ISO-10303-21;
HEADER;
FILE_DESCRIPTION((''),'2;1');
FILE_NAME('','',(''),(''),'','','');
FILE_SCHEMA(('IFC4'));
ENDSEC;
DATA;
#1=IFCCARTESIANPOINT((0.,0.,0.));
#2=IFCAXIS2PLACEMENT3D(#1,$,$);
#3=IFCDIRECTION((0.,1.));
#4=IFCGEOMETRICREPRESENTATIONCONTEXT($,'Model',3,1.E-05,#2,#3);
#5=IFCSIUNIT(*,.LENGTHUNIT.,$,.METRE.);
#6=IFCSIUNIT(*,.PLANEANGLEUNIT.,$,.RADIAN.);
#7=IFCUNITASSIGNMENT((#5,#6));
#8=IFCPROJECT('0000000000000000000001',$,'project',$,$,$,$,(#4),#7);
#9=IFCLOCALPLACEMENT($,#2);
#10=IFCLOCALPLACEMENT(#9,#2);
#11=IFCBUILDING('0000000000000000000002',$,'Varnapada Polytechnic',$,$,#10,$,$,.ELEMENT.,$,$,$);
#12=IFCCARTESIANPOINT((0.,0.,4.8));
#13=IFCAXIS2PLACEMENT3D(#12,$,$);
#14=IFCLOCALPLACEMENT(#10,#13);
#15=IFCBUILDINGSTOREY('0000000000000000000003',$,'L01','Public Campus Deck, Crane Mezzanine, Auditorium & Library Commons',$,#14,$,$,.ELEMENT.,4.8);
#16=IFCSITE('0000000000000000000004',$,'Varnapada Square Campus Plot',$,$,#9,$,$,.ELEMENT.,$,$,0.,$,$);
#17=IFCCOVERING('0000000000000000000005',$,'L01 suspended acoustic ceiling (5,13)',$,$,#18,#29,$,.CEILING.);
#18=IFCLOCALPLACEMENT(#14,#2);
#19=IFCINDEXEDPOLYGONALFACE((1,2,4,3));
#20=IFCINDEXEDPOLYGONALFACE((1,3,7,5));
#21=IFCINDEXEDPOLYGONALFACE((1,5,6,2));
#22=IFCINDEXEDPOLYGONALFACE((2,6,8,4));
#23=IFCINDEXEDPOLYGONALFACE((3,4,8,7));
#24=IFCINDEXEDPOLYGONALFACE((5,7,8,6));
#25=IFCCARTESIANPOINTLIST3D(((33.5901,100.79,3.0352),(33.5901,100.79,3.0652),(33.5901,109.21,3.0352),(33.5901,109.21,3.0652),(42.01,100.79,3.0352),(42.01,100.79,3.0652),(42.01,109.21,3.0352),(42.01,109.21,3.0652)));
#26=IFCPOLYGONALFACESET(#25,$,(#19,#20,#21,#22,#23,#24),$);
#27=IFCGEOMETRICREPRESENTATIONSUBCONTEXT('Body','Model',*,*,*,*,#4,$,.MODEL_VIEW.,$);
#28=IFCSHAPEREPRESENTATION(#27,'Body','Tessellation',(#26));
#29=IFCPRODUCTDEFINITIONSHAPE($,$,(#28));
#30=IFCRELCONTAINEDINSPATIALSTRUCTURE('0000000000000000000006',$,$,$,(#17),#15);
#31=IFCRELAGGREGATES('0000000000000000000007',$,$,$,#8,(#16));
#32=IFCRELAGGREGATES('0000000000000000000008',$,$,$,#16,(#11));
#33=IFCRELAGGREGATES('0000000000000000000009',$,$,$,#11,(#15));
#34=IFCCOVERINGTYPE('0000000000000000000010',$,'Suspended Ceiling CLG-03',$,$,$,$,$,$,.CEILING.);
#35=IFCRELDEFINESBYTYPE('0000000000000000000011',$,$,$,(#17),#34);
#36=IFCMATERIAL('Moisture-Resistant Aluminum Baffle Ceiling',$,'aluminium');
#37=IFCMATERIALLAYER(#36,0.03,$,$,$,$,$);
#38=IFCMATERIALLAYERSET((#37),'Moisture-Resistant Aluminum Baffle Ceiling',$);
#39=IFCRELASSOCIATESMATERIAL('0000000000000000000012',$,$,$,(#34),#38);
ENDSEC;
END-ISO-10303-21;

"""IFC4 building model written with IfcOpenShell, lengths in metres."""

from ifc_helpers import new_model, si_unit, direction, frame, origin, origin_2d, place, context, subcontext, project, spatial, rectangle, extrude, material, layer, layer_set, type_object, element, save


model = new_model("IFC4")

# Units and contexts
model_context = context("Model", 3, precision=1e-05, world=origin(), true_north=direction((0.0, 1.0)))
body_context = subcontext(model_context, "Body", "Model", "MODEL_VIEW")
ifc_project = project(units=[si_unit("LENGTHUNIT", "METRE"), si_unit("PLANEANGLEUNIT", "RADIAN")], contexts=[model_context])

# Site, building, storey
site_placement = place(None, origin())
site = spatial("IfcSite", under=ifc_project, at=site_placement, Name="Varnapada Square Campus Plot", CompositionType="ELEMENT", RefElevation=0.0)
building_placement = place(site_placement, origin())
building = spatial("IfcBuilding", under=site, at=building_placement, Name="Varnapada Polytechnic", CompositionType="ELEMENT")
storey_placement = place(building_placement, frame((0.0, 0.0, 4.8)))
storey = spatial("IfcBuildingStorey", under=building, at=storey_placement, Name="L01", Description="Public Campus Deck, Crane Mezzanine, Auditorium & Library Commons", CompositionType="ELEMENT", Elevation=4.8)

# Covering
ifc_material_1 = material(Name="Moisture-Resistant Aluminum Baffle Ceiling", Category="aluminium")
ifc_layer_1 = layer(ifc_material_1, 0.03)
ifc_layer_set_1 = layer_set([ifc_layer_1], Name="Moisture-Resistant Aluminum Baffle Ceiling")
covering_type_1 = type_object("IfcCoveringType", Name="Suspended Ceiling CLG-03", PredefinedType="CEILING", material=ifc_layer_set_1)
covering_1_placement = place(storey_placement, frame((37.8, 105.0, 3.0352), z_axis=(0.0, 0.0, 1.0), x_axis=(1.0, 0.0, 0.0)))
element("IfcCovering", 1, at=covering_1_placement, inside=storey, type_object=covering_type_1, Name="L01 suspended acoustic ceiling (5,13)", PredefinedType="CEILING", context=body_context, shape_type="SweptSolid", body=[
    extrude(rectangle(XDim=8.4199, YDim=8.4199, at=origin_2d()), origin(), (0.0, 0.0, 1.0), 0.03),
])

save(model, "model.ifc")
